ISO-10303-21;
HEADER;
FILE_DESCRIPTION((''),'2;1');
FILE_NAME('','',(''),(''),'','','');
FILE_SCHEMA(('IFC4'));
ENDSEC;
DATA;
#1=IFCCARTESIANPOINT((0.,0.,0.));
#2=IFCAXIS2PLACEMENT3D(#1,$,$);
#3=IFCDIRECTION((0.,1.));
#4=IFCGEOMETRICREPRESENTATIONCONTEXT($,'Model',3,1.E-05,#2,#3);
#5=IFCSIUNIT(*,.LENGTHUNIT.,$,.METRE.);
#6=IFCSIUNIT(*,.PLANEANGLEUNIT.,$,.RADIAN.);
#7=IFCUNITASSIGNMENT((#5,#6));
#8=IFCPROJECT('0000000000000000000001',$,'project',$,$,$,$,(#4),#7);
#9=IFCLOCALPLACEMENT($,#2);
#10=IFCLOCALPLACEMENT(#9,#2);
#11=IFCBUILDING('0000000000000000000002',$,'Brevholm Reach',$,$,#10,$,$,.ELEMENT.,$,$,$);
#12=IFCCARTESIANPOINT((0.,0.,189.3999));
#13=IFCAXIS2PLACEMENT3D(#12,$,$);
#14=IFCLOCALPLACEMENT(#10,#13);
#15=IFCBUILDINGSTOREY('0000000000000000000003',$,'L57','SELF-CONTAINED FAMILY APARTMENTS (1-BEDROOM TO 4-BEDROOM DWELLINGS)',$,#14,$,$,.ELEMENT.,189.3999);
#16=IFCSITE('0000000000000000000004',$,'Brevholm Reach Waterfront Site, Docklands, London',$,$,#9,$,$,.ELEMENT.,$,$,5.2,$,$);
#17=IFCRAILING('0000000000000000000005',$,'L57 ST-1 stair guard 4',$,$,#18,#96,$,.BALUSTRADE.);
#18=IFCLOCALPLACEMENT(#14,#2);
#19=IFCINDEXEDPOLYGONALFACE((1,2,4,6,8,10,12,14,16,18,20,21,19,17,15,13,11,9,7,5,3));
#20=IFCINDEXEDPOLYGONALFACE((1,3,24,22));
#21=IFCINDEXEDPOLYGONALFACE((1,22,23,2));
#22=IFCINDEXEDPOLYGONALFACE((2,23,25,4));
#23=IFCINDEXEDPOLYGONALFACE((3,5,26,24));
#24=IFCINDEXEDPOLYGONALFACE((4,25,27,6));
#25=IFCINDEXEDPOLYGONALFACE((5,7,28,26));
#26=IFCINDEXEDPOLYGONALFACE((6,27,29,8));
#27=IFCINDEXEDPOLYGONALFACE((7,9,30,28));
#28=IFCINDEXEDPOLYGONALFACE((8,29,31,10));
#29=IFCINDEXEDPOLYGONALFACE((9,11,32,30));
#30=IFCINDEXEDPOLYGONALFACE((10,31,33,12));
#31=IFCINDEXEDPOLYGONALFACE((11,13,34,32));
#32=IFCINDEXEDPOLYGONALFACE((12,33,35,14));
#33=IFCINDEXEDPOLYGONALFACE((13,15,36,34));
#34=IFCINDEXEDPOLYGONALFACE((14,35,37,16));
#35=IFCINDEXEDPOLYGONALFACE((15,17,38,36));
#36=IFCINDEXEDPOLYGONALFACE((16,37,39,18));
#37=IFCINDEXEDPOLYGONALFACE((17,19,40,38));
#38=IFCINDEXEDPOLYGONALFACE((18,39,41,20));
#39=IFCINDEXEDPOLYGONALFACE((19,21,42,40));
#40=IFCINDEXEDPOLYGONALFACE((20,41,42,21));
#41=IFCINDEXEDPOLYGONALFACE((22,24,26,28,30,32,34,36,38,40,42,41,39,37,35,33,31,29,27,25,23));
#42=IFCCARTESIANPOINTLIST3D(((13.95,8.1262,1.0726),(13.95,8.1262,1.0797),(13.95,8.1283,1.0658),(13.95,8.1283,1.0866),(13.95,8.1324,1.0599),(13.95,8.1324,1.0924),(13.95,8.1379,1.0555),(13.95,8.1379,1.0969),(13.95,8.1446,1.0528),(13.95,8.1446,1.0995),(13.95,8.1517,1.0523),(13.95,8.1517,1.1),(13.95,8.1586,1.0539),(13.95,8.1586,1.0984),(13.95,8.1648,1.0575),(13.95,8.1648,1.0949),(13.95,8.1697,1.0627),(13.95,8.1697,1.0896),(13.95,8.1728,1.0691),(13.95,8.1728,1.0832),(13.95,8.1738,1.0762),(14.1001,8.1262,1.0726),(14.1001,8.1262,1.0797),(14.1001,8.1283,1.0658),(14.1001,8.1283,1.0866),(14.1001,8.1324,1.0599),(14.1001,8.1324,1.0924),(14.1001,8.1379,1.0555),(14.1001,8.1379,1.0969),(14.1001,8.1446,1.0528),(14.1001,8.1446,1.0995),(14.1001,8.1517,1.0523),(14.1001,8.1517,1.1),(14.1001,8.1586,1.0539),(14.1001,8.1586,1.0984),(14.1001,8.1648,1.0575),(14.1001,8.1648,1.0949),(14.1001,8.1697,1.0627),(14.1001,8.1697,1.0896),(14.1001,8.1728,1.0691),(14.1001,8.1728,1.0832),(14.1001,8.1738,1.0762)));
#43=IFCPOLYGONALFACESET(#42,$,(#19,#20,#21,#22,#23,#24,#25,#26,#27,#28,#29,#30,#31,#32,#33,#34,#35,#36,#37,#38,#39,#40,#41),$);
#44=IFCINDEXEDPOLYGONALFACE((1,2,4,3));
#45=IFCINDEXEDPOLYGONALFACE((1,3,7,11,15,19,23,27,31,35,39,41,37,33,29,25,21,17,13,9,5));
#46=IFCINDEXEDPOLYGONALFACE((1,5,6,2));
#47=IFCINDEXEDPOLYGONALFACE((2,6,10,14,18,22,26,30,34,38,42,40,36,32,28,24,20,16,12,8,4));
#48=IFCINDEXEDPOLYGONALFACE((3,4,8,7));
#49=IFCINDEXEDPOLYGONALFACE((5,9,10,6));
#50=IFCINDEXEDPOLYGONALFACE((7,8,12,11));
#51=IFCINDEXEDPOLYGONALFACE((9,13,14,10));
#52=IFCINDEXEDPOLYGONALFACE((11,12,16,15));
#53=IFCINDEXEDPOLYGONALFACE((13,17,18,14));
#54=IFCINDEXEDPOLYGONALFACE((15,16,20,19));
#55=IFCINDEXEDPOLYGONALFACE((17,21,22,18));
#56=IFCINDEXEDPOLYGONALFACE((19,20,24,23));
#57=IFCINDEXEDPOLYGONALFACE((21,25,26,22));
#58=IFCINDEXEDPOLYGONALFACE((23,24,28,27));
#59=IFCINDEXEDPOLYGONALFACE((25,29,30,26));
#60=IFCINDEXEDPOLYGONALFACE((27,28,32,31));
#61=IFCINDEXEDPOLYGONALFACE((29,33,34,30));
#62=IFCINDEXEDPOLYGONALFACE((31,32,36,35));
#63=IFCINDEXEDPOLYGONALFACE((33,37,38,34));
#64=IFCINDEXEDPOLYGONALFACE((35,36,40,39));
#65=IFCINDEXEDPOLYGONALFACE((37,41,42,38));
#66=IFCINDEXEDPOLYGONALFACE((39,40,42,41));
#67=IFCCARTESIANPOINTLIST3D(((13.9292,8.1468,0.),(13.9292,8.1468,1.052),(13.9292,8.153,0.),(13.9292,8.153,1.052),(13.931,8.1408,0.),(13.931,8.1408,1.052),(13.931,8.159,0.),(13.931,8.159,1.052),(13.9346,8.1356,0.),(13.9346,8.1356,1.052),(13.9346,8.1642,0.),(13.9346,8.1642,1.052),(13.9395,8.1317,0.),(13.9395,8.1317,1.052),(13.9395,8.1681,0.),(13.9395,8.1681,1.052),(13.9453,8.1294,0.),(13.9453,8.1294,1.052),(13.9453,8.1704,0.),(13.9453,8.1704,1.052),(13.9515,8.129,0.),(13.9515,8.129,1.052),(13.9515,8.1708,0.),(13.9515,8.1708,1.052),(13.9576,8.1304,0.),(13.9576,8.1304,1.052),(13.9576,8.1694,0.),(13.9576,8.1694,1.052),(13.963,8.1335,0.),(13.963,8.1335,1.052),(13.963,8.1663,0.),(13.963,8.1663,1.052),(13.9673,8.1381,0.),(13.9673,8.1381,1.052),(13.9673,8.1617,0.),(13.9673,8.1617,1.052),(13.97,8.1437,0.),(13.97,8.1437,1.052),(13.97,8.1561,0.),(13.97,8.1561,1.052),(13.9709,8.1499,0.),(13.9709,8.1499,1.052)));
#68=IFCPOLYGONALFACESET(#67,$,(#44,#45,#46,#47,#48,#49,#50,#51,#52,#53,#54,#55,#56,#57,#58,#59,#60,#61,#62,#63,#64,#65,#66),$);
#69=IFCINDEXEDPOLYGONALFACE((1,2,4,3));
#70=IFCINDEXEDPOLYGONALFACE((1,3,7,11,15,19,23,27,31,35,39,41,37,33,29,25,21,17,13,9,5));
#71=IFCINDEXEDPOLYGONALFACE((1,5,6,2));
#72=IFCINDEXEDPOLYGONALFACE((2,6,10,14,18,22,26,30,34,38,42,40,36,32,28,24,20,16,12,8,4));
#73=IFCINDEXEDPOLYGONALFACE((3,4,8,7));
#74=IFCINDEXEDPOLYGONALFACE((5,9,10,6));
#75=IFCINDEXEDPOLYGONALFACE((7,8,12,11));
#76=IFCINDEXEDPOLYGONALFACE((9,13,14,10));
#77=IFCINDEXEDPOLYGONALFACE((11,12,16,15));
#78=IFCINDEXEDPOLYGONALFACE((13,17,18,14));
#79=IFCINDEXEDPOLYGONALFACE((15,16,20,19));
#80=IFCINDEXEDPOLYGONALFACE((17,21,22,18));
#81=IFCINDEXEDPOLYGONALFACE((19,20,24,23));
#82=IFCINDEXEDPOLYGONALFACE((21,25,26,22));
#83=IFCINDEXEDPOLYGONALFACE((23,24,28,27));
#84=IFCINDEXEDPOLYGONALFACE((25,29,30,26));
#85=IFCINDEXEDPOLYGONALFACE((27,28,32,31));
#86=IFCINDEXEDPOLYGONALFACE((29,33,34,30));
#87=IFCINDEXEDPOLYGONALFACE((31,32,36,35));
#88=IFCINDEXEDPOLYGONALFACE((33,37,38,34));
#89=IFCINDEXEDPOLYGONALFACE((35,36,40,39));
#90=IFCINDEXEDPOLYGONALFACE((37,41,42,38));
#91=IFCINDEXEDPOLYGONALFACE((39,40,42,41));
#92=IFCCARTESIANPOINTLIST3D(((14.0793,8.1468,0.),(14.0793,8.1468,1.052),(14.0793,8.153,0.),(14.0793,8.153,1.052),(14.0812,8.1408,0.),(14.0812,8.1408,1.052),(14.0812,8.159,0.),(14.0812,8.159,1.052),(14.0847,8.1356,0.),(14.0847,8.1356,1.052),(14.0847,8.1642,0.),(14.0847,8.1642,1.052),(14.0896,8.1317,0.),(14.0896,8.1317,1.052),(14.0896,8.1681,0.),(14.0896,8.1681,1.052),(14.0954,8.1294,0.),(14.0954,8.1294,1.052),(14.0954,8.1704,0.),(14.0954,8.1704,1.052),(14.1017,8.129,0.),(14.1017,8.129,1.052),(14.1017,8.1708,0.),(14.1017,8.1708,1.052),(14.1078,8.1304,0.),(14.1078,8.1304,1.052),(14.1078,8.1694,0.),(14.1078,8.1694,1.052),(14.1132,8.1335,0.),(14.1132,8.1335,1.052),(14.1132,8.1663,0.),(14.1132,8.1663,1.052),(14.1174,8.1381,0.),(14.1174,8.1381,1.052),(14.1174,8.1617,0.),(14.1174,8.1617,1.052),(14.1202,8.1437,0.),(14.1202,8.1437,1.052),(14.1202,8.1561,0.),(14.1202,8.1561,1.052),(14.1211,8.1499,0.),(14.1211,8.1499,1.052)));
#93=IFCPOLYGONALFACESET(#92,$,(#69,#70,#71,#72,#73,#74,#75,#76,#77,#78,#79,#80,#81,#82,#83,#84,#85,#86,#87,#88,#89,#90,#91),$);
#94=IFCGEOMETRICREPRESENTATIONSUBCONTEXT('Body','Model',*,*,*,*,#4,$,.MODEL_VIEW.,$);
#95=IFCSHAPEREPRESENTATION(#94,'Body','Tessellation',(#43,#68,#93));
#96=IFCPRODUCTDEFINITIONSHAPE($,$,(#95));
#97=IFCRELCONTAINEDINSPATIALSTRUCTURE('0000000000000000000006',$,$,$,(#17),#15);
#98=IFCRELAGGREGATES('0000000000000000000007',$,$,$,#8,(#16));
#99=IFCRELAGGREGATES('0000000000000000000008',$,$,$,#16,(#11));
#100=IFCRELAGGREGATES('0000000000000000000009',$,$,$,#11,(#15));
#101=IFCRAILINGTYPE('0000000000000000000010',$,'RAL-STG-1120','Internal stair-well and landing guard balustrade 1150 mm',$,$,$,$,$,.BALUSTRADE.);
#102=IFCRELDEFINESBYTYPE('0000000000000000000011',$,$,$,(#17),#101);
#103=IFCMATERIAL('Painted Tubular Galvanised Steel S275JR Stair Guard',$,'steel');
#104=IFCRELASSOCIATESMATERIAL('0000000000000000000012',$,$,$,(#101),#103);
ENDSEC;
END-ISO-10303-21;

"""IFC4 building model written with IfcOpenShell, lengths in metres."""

from ifc_helpers import new_model, si_unit, direction, frame, origin, origin_2d, place, context, subcontext, project, spatial, circle, extrude, material, type_object, element, save


model = new_model("IFC4")

# Units and contexts
model_context = context("Model", 3, precision=1e-05, world=origin(), true_north=direction((0.0, 1.0)))
body_context = subcontext(model_context, "Body", "Model", "MODEL_VIEW")
ifc_project = project(units=[si_unit("LENGTHUNIT", "METRE"), si_unit("PLANEANGLEUNIT", "RADIAN")], contexts=[model_context])

# Site, building, storey
site_placement = place(None, origin())
site = spatial("IfcSite", under=ifc_project, at=site_placement, Name="Brevholm Reach Waterfront Site, Docklands, London", CompositionType="ELEMENT", RefElevation=5.2)
building_placement = place(site_placement, origin())
building = spatial("IfcBuilding", under=site, at=building_placement, Name="Brevholm Reach", CompositionType="ELEMENT")
storey_placement = place(building_placement, frame((0.0, 0.0, 189.3999)))
storey = spatial("IfcBuildingStorey", under=building, at=storey_placement, Name="L57", Description="SELF-CONTAINED FAMILY APARTMENTS (1-BEDROOM TO 4-BEDROOM DWELLINGS)", CompositionType="ELEMENT", Elevation=189.3999)

# Railing
ifc_material_1 = material(Name="Painted Tubular Galvanised Steel S275JR Stair Guard", Category="steel")
railing_type_1 = type_object("IfcRailingType", Name="RAL-STG-1120", Description="Internal stair-well and landing guard balustrade 1150 mm", PredefinedType="BALUSTRADE", material=ifc_material_1)
railing_1_placement = place(storey_placement, frame((13.95, 8.1499, 0.0)))
element("IfcRailing", 1, at=railing_1_placement, inside=storey, type_object=railing_type_1, Name="L57 ST-1 stair guard 4", PredefinedType="BALUSTRADE", context=body_context, shape_type="SweptSolid", body=[
    extrude(circle(Radius=0.0239, at=origin_2d()), frame((0.0, 0.0, 1.0762), z_axis=(1.0, 0.0, 0.0), x_axis=(0.0, 1.0, 0.0)), (0.0, 0.0, 1.0), 0.1501),
    extrude(circle(Radius=0.021, at=origin_2d()), origin(), (0.0, 0.0, 1.0), 1.052),
    extrude(circle(Radius=0.021, at=origin_2d()), frame((0.1501, 0.0, 0.0)), (0.0, 0.0, 1.0), 1.052),
])

save(model, "model.ifc")
